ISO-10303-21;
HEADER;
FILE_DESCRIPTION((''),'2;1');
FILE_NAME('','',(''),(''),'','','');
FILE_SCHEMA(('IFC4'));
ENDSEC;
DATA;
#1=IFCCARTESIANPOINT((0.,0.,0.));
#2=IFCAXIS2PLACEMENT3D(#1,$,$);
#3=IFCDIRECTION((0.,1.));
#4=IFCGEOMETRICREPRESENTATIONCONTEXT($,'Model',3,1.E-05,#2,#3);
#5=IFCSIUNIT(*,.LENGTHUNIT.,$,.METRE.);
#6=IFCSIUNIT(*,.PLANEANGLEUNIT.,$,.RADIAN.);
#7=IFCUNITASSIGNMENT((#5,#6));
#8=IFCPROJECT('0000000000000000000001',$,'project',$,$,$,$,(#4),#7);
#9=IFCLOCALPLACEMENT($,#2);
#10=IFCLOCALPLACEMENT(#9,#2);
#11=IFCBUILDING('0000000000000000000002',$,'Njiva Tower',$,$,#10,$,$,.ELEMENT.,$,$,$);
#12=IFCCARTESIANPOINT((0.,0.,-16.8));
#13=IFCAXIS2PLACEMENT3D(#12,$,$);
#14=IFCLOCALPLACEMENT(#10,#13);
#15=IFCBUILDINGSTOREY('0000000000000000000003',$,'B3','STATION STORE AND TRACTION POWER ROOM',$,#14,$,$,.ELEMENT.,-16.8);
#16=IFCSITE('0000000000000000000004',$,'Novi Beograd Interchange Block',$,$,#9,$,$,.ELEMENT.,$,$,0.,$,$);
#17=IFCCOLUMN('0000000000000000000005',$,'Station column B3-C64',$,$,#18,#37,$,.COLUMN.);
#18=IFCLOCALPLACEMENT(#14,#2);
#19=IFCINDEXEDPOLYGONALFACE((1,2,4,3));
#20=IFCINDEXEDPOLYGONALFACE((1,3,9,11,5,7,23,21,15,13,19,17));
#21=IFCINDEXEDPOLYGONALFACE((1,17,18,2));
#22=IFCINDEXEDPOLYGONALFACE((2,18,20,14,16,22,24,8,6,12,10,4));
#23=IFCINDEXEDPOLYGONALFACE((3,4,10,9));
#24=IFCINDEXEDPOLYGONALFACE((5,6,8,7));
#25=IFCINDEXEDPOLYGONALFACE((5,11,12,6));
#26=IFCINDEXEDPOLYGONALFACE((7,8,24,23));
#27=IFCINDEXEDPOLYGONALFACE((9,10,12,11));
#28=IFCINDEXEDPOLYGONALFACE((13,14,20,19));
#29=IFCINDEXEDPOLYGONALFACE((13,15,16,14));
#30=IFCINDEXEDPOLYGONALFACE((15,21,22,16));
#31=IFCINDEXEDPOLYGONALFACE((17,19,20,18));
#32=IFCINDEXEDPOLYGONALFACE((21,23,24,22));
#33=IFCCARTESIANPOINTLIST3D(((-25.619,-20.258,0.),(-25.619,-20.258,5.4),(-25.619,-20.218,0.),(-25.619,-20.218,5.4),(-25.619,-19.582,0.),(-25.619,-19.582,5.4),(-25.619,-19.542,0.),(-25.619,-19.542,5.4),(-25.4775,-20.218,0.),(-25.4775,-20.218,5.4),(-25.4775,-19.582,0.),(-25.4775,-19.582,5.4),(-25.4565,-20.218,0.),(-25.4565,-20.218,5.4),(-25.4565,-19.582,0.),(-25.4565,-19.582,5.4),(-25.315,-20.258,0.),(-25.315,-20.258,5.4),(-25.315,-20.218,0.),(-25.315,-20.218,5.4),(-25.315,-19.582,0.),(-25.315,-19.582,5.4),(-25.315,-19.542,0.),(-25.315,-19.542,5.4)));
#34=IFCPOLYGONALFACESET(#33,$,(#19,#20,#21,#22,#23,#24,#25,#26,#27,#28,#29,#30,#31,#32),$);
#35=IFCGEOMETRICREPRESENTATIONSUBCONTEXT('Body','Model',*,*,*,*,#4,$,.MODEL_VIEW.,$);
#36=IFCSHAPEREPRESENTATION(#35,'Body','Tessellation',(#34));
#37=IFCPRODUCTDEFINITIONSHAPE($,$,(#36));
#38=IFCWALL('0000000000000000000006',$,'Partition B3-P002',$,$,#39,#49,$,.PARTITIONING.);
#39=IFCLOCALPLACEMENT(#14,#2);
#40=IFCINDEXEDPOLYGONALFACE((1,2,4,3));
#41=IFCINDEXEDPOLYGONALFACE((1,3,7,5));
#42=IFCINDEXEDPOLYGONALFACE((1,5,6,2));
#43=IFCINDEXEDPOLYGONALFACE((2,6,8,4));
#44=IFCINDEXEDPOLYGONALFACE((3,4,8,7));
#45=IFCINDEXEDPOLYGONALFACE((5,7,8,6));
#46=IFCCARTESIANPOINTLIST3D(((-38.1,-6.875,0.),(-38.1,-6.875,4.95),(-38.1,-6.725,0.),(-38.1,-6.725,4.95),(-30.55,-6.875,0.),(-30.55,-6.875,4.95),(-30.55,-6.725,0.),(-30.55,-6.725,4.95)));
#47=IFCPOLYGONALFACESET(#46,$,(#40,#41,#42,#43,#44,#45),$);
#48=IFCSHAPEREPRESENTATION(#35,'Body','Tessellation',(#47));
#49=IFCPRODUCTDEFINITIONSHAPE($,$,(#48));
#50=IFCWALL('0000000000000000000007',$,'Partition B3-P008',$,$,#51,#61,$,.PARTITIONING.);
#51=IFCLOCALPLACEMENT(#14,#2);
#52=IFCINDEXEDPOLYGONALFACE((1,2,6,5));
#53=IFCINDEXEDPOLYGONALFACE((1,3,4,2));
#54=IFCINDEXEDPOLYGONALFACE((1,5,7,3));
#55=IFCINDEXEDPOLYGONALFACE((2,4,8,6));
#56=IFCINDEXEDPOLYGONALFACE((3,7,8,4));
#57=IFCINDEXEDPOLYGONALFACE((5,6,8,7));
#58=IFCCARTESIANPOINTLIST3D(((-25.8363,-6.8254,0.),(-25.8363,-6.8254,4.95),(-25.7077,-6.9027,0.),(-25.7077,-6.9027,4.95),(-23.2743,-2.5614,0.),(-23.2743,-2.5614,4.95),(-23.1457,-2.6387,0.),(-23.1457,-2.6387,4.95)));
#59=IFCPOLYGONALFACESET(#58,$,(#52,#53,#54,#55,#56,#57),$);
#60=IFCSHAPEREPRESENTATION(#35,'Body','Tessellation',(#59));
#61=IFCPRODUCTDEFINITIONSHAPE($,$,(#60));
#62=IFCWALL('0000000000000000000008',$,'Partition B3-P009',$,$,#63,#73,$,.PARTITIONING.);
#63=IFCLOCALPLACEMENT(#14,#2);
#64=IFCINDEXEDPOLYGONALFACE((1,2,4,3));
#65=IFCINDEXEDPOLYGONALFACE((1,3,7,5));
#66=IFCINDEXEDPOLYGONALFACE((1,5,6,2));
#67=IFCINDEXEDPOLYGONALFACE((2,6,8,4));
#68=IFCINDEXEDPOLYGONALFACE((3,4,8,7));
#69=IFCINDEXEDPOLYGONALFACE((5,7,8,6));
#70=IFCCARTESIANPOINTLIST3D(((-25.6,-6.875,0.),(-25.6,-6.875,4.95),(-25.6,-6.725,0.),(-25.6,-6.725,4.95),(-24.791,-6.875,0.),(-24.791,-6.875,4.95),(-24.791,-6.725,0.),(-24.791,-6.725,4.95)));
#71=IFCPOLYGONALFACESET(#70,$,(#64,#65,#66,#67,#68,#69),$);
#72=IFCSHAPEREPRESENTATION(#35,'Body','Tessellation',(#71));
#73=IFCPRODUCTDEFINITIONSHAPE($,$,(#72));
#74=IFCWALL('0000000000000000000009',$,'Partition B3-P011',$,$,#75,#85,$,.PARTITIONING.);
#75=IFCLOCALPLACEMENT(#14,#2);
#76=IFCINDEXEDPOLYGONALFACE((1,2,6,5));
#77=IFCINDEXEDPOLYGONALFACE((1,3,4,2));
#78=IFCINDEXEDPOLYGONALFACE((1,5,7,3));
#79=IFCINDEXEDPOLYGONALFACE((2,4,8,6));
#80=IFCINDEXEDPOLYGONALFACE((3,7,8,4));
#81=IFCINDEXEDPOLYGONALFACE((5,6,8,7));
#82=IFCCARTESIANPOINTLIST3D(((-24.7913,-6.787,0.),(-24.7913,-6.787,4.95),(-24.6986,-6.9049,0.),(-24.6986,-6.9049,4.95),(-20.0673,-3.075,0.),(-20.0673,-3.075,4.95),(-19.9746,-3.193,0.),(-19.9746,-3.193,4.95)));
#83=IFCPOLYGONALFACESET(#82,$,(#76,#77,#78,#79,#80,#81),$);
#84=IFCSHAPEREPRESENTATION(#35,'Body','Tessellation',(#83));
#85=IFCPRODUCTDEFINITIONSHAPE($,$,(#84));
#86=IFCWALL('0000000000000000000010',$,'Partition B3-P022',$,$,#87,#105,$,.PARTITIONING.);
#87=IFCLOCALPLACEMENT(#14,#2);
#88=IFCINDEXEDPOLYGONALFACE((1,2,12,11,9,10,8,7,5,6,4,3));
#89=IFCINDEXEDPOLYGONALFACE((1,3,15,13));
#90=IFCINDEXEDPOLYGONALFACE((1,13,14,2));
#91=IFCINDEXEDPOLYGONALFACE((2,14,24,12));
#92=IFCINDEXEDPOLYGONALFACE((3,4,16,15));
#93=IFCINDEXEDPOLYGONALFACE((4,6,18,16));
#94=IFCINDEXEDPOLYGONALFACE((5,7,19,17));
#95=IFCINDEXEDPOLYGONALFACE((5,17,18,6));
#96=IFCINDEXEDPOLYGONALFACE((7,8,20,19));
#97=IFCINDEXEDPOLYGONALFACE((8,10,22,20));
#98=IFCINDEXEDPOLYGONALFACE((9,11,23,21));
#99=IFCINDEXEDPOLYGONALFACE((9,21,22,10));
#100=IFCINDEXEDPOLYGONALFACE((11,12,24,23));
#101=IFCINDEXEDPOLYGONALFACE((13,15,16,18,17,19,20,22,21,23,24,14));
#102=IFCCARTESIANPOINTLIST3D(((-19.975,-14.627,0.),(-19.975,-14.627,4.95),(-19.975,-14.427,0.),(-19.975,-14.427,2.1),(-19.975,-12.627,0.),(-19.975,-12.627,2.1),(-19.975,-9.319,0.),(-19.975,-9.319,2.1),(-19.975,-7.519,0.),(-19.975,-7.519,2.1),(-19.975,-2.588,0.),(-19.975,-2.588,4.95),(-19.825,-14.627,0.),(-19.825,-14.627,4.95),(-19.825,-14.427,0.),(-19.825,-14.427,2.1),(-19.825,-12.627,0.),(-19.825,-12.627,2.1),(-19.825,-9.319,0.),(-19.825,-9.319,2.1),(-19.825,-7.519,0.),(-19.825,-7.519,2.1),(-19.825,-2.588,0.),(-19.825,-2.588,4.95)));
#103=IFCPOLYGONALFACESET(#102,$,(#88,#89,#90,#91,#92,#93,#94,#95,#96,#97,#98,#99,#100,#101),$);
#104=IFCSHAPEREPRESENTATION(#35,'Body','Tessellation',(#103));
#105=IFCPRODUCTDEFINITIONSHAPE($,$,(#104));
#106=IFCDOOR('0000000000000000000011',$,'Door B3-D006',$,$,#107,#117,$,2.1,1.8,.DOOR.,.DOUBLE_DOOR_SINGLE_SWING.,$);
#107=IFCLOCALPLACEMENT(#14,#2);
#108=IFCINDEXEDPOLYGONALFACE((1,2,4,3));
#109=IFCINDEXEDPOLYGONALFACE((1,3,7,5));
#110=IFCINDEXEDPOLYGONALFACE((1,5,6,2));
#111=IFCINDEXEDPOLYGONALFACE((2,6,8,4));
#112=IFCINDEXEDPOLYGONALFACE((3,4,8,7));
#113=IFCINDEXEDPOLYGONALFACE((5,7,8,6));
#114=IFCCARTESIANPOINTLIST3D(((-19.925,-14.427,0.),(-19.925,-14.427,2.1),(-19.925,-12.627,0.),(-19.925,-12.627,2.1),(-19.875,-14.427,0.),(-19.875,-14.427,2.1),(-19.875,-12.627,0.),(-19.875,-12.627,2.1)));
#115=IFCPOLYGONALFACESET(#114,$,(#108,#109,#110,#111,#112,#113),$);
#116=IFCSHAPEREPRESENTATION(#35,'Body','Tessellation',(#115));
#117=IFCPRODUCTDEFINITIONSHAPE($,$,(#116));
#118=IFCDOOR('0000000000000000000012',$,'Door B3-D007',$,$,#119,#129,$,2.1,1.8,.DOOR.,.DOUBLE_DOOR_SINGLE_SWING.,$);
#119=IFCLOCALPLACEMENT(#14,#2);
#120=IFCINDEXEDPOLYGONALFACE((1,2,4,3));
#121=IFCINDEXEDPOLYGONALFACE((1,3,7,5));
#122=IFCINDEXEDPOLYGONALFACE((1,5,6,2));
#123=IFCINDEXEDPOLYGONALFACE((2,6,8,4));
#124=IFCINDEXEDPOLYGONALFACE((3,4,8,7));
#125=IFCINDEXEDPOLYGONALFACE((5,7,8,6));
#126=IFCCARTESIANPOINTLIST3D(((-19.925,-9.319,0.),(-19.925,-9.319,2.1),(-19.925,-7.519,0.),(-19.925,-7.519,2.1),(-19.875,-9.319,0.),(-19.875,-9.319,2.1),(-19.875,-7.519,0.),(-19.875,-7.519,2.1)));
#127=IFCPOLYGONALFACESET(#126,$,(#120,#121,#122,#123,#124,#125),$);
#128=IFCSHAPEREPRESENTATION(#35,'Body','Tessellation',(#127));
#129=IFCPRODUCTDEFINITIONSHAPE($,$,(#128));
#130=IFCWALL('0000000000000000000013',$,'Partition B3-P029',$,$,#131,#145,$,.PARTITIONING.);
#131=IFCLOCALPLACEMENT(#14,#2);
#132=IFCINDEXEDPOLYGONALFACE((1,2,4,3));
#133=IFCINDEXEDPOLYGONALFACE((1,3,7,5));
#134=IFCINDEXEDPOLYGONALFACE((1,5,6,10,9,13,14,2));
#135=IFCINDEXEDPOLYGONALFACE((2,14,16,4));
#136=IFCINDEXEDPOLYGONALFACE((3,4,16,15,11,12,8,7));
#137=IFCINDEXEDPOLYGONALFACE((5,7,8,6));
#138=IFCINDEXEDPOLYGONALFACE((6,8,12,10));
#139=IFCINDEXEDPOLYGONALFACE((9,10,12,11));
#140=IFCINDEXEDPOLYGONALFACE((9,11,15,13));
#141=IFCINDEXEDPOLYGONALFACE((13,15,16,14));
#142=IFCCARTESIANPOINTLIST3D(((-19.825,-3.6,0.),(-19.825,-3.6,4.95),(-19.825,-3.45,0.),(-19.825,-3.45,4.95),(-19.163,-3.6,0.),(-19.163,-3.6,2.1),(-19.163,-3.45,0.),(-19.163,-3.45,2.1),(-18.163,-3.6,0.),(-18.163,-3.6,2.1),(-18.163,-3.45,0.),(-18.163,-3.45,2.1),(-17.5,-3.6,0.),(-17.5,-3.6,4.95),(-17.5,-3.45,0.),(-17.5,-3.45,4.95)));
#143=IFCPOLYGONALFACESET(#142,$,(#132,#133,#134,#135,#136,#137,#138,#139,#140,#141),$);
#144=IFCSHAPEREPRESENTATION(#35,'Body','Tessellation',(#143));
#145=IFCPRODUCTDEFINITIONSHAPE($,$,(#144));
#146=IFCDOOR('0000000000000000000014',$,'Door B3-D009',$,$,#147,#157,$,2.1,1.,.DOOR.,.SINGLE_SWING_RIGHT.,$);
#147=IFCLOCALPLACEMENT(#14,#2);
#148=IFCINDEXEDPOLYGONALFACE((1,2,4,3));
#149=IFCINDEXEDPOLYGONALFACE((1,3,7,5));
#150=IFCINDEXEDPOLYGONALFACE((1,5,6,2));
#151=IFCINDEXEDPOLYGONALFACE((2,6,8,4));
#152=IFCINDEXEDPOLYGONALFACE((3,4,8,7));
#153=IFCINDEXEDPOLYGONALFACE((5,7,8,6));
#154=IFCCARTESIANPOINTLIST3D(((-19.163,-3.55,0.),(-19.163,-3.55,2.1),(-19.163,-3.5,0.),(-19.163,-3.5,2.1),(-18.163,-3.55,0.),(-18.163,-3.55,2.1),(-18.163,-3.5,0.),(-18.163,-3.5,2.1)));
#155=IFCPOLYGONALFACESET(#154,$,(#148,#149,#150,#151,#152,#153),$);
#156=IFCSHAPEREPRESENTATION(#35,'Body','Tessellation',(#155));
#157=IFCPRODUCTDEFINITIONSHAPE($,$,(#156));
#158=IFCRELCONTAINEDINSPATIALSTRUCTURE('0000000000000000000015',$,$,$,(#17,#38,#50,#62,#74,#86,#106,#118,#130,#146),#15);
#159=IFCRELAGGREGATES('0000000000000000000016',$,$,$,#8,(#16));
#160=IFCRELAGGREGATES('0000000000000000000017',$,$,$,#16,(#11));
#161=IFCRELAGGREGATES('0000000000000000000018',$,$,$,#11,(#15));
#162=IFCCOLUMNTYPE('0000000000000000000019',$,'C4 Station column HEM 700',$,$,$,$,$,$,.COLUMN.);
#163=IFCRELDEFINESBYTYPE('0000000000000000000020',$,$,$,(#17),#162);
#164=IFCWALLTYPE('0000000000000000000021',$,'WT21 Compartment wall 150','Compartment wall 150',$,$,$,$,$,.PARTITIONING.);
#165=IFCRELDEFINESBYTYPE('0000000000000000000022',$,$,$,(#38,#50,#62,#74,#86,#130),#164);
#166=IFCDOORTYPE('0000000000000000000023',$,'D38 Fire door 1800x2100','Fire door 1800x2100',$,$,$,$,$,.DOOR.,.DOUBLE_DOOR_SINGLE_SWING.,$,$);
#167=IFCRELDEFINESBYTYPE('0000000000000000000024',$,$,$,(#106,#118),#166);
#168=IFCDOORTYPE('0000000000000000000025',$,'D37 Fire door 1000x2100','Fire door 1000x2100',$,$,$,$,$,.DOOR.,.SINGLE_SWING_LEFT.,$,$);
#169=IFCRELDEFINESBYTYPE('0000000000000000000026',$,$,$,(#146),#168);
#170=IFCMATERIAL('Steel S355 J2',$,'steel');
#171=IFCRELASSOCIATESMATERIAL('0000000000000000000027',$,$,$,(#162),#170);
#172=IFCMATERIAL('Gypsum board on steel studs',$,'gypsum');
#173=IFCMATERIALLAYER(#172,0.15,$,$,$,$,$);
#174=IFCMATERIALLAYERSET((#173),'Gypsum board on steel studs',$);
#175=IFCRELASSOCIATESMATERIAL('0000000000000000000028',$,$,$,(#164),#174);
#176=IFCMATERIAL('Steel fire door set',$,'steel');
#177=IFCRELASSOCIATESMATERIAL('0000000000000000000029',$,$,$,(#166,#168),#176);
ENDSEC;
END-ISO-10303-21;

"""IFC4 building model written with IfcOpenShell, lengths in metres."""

from ifc_helpers import new_model, si_unit, direction, frame, frame_2d, origin, origin_2d, place, context, subcontext, project, spatial, rectangle, i_section, extrude, material, layer, layer_set, material_profile, profile_set, type_object, element, fill, save


model = new_model("IFC4")

# Units and contexts
model_context = context("Model", 3, precision=1e-05, world=origin(), true_north=direction((0.0, 1.0)))
body_context = subcontext(model_context, "Body", "Model", "MODEL_VIEW")
ifc_project = project(units=[si_unit("LENGTHUNIT", "METRE"), si_unit("PLANEANGLEUNIT", "RADIAN")], contexts=[model_context])

# Site, building, storey
site_placement = place(None, origin())
site = spatial("IfcSite", under=ifc_project, at=site_placement, Name="Novi Beograd Interchange Block", CompositionType="ELEMENT", RefElevation=0.0)
building_placement = place(site_placement, origin())
building = spatial("IfcBuilding", under=site, at=building_placement, Name="Njiva Tower", CompositionType="ELEMENT")
storey_placement = place(building_placement, frame((0.0, 0.0, -16.8)))
storey = spatial("IfcBuildingStorey", under=building, at=storey_placement, Name="B3", Description="STATION STORE AND TRACTION POWER ROOM", CompositionType="ELEMENT", Elevation=-16.8)

# Column
ifc_material_1 = material(Name="Steel S355 J2", Category="steel")
ifc_material_profile_1 = material_profile(ifc_material_1, i_section(OverallWidth=0.304, OverallDepth=0.716, WebThickness=0.021, FlangeThickness=0.04, at=origin_2d()), Name="HEM 700")
ifc_profile_set_1 = profile_set([ifc_material_profile_1], Name="Steel S355 J2")
column_type_1 = type_object("IfcColumnType", Name="C4 Station column HEM 700", PredefinedType="COLUMN", material=ifc_profile_set_1)
for number, where, z_axis, x_axis, name in (
    (1, (-25.467, -19.9, 0.0), (0.0, 0.0, 1.0), (1.0, 0.0, 0.0), "Station column B3-C64"),
):
    element("IfcColumn", number, at=place(storey_placement, frame(where, z_axis=z_axis, x_axis=x_axis)), inside=storey, type_object=column_type_1, Name=name, PredefinedType="COLUMN", context=body_context, shape_type="SweptSolid", body=[
        extrude(i_section(OverallWidth=0.304, OverallDepth=0.716, WebThickness=0.021, FlangeThickness=0.04, at=origin_2d()), origin(), (0.0, 0.0, 1.0), 5.4),
    ])

# Walls
ifc_material_2 = material(Name="Gypsum board on steel studs", Category="gypsum")
ifc_layer_1 = layer(ifc_material_2, 0.15)
ifc_layer_set_1 = layer_set([ifc_layer_1], Name="Gypsum board on steel studs")
wall_type_1 = type_object("IfcWallType", Name="WT21 Compartment wall 150", Description="Compartment wall 150", PredefinedType="PARTITIONING", material=ifc_layer_set_1)
wall_1_placement = place(storey_placement, frame((-38.1, -6.8, 0.0), z_axis=(0.0, 0.0, 1.0), x_axis=(1.0, 0.0, 0.0)))
element("IfcWall", 2, at=wall_1_placement, inside=storey, type_object=wall_type_1, Name="Partition B3-P002", PredefinedType="PARTITIONING", context=body_context, shape_type="SweptSolid", body=[
    extrude(rectangle(XDim=7.55, YDim=0.15, at=frame_2d((3.775, 0.0))), origin(), (0.0, 0.0, 1.0), 4.95),
])
wall_2_placement = place(storey_placement, frame((-25.772, -6.864, 0.0), z_axis=(0.0, 0.0, 1.0), x_axis=(0.515028, 0.857173, 0.0)))
element("IfcWall", 3, at=wall_2_placement, inside=storey, type_object=wall_type_1, Name="Partition B3-P008", PredefinedType="PARTITIONING", context=body_context, shape_type="SweptSolid", body=[
    extrude(rectangle(XDim=4.9745, YDim=0.15, at=frame_2d((2.4872, 0.0))), origin(), (0.0, 0.0, 1.0), 4.95),
])
wall_3_placement = place(storey_placement, frame((-25.6, -6.8, 0.0), z_axis=(0.0, 0.0, 1.0), x_axis=(1.0, 0.0, 0.0)))
element("IfcWall", 4, at=wall_3_placement, inside=storey, type_object=wall_type_1, Name="Partition B3-P009", PredefinedType="PARTITIONING", context=body_context, shape_type="SweptSolid", body=[
    extrude(rectangle(XDim=0.809, YDim=0.15, at=frame_2d((0.4045, 0.0))), origin(), (0.0, 0.0, 1.0), 4.95),
])
wall_4_placement = place(storey_placement, frame((-24.745, -6.846, 0.0), z_axis=(0.0, 0.0, 1.0), x_axis=(0.786295, 0.617851, 0.0)))
element("IfcWall", 5, at=wall_4_placement, inside=storey, type_object=wall_type_1, Name="Partition B3-P011", PredefinedType="PARTITIONING", context=body_context, shape_type="SweptSolid", body=[
    extrude(rectangle(XDim=6.0079, YDim=0.15, at=frame_2d((3.004, 0.0))), origin(), (0.0, 0.0, 1.0), 4.95),
])

# Wall, openings, doors
wall_5_placement = place(storey_placement, frame((-19.9, -14.627, 0.0), z_axis=(0.0, 0.0, 1.0), x_axis=(0.0, 1.0, 0.0)))
wall_5 = element("IfcWall", 6, at=wall_5_placement, inside=storey, type_object=wall_type_1, Name="Partition B3-P022", PredefinedType="PARTITIONING", context=body_context, shape_type="SweptSolid", body=[
    extrude(rectangle(XDim=12.039, YDim=0.15, at=frame_2d((6.0195, 0.0))), origin(), (0.0, 0.0, 1.0), 4.95),
])
opening_1_placement = place(wall_5_placement, frame((0.2, 0.0, 0.0)))
opening_1 = element("IfcOpeningElement", 7, at=opening_1_placement, cuts=wall_5, PredefinedType="OPENING", context=body_context, shape_type="SweptSolid", body=[
    extrude(rectangle(XDim=1.8, YDim=2.1, at=frame_2d((0.9, 1.05))), frame((0.0, 0.085, 0.0), z_axis=(0.0, -1.0, 0.0), x_axis=(1.0, 0.0, 0.0)), (0.0, 0.0, 1.0), 0.17),
])
opening_2_placement = place(wall_5_placement, frame((5.308, 0.0, 0.0)))
opening_2 = element("IfcOpeningElement", 8, at=opening_2_placement, cuts=wall_5, PredefinedType="OPENING", context=body_context, shape_type="SweptSolid", body=[
    extrude(rectangle(XDim=1.8, YDim=2.1, at=frame_2d((0.9, 1.05))), frame((0.0, 0.085, 0.0), z_axis=(0.0, -1.0, 0.0), x_axis=(1.0, 0.0, 0.0)), (0.0, 0.0, 1.0), 0.17),
])
ifc_material_3 = material(Name="Steel fire door set", Category="steel")
door_type_1 = type_object("IfcDoorType", Name="D38 Fire door 1800x2100", Description="Fire door 1800x2100", OperationType="DOUBLE_DOOR_SINGLE_SWING", PredefinedType="DOOR", material=ifc_material_3)
door_1_placement = place(opening_1_placement, origin())
door_1 = element("IfcDoor", 9, at=door_1_placement, inside=storey, type_object=door_type_1, Name="Door B3-D006", OperationType="DOUBLE_DOOR_SINGLE_SWING", OverallHeight=2.1, OverallWidth=1.8, PredefinedType="DOOR", context=body_context, shape_type="SweptSolid", body=[
    extrude(rectangle(XDim=1.8, YDim=2.1, at=frame_2d((0.9, 1.05))), frame((0.0, 0.025, 0.0), z_axis=(0.0, -1.0, 0.0), x_axis=(1.0, 0.0, 0.0)), (0.0, 0.0, 1.0), 0.05),
])
fill(opening_1, door_1)
door_2_placement = place(opening_2_placement, origin())
door_2 = element("IfcDoor", 10, at=door_2_placement, inside=storey, type_object=door_type_1, Name="Door B3-D007", OperationType="DOUBLE_DOOR_SINGLE_SWING", OverallHeight=2.1, OverallWidth=1.8, PredefinedType="DOOR", context=body_context, shape_type="SweptSolid", body=[
    extrude(rectangle(XDim=1.8, YDim=2.1, at=frame_2d((0.9, 1.05))), frame((0.0, 0.025, 0.0), z_axis=(0.0, -1.0, 0.0), x_axis=(1.0, 0.0, 0.0)), (0.0, 0.0, 1.0), 0.05),
])
fill(opening_2, door_2)

# Wall, opening, door
wall_6_placement = place(storey_placement, frame((-19.825, -3.525, 0.0), z_axis=(0.0, 0.0, 1.0), x_axis=(1.0, 0.0, 0.0)))
wall_6 = element("IfcWall", 11, at=wall_6_placement, inside=storey, type_object=wall_type_1, Name="Partition B3-P029", PredefinedType="PARTITIONING", context=body_context, shape_type="SweptSolid", body=[
    extrude(rectangle(XDim=2.325, YDim=0.15, at=frame_2d((1.1625, 0.0))), origin(), (0.0, 0.0, 1.0), 4.95),
])
opening_3_placement = place(wall_6_placement, frame((0.662, 0.0, 0.0)))
opening_3 = element("IfcOpeningElement", 12, at=opening_3_placement, cuts=wall_6, PredefinedType="OPENING", context=body_context, shape_type="SweptSolid", body=[
    extrude(rectangle(XDim=1.0, YDim=2.1, at=frame_2d((0.5, 1.05))), frame((0.0, 0.085, 0.0), z_axis=(0.0, -1.0, 0.0), x_axis=(1.0, 0.0, 0.0)), (0.0, 0.0, 1.0), 0.17),
])
door_type_2 = type_object("IfcDoorType", Name="D37 Fire door 1000x2100", Description="Fire door 1000x2100", OperationType="SINGLE_SWING_LEFT", PredefinedType="DOOR", material=ifc_material_3)
door_3_placement = place(opening_3_placement, origin())
door_3 = element("IfcDoor", 13, at=door_3_placement, inside=storey, type_object=door_type_2, Name="Door B3-D009", OperationType="SINGLE_SWING_RIGHT", OverallHeight=2.1, OverallWidth=1.0, PredefinedType="DOOR", context=body_context, shape_type="SweptSolid", body=[
    extrude(rectangle(XDim=1.0, YDim=2.1, at=frame_2d((0.5, 1.05))), frame((0.0, 0.025, 0.0), z_axis=(0.0, -1.0, 0.0), x_axis=(1.0, 0.0, 0.0)), (0.0, 0.0, 1.0), 0.05),
])
fill(opening_3, door_3)

save(model, "model.ifc")
